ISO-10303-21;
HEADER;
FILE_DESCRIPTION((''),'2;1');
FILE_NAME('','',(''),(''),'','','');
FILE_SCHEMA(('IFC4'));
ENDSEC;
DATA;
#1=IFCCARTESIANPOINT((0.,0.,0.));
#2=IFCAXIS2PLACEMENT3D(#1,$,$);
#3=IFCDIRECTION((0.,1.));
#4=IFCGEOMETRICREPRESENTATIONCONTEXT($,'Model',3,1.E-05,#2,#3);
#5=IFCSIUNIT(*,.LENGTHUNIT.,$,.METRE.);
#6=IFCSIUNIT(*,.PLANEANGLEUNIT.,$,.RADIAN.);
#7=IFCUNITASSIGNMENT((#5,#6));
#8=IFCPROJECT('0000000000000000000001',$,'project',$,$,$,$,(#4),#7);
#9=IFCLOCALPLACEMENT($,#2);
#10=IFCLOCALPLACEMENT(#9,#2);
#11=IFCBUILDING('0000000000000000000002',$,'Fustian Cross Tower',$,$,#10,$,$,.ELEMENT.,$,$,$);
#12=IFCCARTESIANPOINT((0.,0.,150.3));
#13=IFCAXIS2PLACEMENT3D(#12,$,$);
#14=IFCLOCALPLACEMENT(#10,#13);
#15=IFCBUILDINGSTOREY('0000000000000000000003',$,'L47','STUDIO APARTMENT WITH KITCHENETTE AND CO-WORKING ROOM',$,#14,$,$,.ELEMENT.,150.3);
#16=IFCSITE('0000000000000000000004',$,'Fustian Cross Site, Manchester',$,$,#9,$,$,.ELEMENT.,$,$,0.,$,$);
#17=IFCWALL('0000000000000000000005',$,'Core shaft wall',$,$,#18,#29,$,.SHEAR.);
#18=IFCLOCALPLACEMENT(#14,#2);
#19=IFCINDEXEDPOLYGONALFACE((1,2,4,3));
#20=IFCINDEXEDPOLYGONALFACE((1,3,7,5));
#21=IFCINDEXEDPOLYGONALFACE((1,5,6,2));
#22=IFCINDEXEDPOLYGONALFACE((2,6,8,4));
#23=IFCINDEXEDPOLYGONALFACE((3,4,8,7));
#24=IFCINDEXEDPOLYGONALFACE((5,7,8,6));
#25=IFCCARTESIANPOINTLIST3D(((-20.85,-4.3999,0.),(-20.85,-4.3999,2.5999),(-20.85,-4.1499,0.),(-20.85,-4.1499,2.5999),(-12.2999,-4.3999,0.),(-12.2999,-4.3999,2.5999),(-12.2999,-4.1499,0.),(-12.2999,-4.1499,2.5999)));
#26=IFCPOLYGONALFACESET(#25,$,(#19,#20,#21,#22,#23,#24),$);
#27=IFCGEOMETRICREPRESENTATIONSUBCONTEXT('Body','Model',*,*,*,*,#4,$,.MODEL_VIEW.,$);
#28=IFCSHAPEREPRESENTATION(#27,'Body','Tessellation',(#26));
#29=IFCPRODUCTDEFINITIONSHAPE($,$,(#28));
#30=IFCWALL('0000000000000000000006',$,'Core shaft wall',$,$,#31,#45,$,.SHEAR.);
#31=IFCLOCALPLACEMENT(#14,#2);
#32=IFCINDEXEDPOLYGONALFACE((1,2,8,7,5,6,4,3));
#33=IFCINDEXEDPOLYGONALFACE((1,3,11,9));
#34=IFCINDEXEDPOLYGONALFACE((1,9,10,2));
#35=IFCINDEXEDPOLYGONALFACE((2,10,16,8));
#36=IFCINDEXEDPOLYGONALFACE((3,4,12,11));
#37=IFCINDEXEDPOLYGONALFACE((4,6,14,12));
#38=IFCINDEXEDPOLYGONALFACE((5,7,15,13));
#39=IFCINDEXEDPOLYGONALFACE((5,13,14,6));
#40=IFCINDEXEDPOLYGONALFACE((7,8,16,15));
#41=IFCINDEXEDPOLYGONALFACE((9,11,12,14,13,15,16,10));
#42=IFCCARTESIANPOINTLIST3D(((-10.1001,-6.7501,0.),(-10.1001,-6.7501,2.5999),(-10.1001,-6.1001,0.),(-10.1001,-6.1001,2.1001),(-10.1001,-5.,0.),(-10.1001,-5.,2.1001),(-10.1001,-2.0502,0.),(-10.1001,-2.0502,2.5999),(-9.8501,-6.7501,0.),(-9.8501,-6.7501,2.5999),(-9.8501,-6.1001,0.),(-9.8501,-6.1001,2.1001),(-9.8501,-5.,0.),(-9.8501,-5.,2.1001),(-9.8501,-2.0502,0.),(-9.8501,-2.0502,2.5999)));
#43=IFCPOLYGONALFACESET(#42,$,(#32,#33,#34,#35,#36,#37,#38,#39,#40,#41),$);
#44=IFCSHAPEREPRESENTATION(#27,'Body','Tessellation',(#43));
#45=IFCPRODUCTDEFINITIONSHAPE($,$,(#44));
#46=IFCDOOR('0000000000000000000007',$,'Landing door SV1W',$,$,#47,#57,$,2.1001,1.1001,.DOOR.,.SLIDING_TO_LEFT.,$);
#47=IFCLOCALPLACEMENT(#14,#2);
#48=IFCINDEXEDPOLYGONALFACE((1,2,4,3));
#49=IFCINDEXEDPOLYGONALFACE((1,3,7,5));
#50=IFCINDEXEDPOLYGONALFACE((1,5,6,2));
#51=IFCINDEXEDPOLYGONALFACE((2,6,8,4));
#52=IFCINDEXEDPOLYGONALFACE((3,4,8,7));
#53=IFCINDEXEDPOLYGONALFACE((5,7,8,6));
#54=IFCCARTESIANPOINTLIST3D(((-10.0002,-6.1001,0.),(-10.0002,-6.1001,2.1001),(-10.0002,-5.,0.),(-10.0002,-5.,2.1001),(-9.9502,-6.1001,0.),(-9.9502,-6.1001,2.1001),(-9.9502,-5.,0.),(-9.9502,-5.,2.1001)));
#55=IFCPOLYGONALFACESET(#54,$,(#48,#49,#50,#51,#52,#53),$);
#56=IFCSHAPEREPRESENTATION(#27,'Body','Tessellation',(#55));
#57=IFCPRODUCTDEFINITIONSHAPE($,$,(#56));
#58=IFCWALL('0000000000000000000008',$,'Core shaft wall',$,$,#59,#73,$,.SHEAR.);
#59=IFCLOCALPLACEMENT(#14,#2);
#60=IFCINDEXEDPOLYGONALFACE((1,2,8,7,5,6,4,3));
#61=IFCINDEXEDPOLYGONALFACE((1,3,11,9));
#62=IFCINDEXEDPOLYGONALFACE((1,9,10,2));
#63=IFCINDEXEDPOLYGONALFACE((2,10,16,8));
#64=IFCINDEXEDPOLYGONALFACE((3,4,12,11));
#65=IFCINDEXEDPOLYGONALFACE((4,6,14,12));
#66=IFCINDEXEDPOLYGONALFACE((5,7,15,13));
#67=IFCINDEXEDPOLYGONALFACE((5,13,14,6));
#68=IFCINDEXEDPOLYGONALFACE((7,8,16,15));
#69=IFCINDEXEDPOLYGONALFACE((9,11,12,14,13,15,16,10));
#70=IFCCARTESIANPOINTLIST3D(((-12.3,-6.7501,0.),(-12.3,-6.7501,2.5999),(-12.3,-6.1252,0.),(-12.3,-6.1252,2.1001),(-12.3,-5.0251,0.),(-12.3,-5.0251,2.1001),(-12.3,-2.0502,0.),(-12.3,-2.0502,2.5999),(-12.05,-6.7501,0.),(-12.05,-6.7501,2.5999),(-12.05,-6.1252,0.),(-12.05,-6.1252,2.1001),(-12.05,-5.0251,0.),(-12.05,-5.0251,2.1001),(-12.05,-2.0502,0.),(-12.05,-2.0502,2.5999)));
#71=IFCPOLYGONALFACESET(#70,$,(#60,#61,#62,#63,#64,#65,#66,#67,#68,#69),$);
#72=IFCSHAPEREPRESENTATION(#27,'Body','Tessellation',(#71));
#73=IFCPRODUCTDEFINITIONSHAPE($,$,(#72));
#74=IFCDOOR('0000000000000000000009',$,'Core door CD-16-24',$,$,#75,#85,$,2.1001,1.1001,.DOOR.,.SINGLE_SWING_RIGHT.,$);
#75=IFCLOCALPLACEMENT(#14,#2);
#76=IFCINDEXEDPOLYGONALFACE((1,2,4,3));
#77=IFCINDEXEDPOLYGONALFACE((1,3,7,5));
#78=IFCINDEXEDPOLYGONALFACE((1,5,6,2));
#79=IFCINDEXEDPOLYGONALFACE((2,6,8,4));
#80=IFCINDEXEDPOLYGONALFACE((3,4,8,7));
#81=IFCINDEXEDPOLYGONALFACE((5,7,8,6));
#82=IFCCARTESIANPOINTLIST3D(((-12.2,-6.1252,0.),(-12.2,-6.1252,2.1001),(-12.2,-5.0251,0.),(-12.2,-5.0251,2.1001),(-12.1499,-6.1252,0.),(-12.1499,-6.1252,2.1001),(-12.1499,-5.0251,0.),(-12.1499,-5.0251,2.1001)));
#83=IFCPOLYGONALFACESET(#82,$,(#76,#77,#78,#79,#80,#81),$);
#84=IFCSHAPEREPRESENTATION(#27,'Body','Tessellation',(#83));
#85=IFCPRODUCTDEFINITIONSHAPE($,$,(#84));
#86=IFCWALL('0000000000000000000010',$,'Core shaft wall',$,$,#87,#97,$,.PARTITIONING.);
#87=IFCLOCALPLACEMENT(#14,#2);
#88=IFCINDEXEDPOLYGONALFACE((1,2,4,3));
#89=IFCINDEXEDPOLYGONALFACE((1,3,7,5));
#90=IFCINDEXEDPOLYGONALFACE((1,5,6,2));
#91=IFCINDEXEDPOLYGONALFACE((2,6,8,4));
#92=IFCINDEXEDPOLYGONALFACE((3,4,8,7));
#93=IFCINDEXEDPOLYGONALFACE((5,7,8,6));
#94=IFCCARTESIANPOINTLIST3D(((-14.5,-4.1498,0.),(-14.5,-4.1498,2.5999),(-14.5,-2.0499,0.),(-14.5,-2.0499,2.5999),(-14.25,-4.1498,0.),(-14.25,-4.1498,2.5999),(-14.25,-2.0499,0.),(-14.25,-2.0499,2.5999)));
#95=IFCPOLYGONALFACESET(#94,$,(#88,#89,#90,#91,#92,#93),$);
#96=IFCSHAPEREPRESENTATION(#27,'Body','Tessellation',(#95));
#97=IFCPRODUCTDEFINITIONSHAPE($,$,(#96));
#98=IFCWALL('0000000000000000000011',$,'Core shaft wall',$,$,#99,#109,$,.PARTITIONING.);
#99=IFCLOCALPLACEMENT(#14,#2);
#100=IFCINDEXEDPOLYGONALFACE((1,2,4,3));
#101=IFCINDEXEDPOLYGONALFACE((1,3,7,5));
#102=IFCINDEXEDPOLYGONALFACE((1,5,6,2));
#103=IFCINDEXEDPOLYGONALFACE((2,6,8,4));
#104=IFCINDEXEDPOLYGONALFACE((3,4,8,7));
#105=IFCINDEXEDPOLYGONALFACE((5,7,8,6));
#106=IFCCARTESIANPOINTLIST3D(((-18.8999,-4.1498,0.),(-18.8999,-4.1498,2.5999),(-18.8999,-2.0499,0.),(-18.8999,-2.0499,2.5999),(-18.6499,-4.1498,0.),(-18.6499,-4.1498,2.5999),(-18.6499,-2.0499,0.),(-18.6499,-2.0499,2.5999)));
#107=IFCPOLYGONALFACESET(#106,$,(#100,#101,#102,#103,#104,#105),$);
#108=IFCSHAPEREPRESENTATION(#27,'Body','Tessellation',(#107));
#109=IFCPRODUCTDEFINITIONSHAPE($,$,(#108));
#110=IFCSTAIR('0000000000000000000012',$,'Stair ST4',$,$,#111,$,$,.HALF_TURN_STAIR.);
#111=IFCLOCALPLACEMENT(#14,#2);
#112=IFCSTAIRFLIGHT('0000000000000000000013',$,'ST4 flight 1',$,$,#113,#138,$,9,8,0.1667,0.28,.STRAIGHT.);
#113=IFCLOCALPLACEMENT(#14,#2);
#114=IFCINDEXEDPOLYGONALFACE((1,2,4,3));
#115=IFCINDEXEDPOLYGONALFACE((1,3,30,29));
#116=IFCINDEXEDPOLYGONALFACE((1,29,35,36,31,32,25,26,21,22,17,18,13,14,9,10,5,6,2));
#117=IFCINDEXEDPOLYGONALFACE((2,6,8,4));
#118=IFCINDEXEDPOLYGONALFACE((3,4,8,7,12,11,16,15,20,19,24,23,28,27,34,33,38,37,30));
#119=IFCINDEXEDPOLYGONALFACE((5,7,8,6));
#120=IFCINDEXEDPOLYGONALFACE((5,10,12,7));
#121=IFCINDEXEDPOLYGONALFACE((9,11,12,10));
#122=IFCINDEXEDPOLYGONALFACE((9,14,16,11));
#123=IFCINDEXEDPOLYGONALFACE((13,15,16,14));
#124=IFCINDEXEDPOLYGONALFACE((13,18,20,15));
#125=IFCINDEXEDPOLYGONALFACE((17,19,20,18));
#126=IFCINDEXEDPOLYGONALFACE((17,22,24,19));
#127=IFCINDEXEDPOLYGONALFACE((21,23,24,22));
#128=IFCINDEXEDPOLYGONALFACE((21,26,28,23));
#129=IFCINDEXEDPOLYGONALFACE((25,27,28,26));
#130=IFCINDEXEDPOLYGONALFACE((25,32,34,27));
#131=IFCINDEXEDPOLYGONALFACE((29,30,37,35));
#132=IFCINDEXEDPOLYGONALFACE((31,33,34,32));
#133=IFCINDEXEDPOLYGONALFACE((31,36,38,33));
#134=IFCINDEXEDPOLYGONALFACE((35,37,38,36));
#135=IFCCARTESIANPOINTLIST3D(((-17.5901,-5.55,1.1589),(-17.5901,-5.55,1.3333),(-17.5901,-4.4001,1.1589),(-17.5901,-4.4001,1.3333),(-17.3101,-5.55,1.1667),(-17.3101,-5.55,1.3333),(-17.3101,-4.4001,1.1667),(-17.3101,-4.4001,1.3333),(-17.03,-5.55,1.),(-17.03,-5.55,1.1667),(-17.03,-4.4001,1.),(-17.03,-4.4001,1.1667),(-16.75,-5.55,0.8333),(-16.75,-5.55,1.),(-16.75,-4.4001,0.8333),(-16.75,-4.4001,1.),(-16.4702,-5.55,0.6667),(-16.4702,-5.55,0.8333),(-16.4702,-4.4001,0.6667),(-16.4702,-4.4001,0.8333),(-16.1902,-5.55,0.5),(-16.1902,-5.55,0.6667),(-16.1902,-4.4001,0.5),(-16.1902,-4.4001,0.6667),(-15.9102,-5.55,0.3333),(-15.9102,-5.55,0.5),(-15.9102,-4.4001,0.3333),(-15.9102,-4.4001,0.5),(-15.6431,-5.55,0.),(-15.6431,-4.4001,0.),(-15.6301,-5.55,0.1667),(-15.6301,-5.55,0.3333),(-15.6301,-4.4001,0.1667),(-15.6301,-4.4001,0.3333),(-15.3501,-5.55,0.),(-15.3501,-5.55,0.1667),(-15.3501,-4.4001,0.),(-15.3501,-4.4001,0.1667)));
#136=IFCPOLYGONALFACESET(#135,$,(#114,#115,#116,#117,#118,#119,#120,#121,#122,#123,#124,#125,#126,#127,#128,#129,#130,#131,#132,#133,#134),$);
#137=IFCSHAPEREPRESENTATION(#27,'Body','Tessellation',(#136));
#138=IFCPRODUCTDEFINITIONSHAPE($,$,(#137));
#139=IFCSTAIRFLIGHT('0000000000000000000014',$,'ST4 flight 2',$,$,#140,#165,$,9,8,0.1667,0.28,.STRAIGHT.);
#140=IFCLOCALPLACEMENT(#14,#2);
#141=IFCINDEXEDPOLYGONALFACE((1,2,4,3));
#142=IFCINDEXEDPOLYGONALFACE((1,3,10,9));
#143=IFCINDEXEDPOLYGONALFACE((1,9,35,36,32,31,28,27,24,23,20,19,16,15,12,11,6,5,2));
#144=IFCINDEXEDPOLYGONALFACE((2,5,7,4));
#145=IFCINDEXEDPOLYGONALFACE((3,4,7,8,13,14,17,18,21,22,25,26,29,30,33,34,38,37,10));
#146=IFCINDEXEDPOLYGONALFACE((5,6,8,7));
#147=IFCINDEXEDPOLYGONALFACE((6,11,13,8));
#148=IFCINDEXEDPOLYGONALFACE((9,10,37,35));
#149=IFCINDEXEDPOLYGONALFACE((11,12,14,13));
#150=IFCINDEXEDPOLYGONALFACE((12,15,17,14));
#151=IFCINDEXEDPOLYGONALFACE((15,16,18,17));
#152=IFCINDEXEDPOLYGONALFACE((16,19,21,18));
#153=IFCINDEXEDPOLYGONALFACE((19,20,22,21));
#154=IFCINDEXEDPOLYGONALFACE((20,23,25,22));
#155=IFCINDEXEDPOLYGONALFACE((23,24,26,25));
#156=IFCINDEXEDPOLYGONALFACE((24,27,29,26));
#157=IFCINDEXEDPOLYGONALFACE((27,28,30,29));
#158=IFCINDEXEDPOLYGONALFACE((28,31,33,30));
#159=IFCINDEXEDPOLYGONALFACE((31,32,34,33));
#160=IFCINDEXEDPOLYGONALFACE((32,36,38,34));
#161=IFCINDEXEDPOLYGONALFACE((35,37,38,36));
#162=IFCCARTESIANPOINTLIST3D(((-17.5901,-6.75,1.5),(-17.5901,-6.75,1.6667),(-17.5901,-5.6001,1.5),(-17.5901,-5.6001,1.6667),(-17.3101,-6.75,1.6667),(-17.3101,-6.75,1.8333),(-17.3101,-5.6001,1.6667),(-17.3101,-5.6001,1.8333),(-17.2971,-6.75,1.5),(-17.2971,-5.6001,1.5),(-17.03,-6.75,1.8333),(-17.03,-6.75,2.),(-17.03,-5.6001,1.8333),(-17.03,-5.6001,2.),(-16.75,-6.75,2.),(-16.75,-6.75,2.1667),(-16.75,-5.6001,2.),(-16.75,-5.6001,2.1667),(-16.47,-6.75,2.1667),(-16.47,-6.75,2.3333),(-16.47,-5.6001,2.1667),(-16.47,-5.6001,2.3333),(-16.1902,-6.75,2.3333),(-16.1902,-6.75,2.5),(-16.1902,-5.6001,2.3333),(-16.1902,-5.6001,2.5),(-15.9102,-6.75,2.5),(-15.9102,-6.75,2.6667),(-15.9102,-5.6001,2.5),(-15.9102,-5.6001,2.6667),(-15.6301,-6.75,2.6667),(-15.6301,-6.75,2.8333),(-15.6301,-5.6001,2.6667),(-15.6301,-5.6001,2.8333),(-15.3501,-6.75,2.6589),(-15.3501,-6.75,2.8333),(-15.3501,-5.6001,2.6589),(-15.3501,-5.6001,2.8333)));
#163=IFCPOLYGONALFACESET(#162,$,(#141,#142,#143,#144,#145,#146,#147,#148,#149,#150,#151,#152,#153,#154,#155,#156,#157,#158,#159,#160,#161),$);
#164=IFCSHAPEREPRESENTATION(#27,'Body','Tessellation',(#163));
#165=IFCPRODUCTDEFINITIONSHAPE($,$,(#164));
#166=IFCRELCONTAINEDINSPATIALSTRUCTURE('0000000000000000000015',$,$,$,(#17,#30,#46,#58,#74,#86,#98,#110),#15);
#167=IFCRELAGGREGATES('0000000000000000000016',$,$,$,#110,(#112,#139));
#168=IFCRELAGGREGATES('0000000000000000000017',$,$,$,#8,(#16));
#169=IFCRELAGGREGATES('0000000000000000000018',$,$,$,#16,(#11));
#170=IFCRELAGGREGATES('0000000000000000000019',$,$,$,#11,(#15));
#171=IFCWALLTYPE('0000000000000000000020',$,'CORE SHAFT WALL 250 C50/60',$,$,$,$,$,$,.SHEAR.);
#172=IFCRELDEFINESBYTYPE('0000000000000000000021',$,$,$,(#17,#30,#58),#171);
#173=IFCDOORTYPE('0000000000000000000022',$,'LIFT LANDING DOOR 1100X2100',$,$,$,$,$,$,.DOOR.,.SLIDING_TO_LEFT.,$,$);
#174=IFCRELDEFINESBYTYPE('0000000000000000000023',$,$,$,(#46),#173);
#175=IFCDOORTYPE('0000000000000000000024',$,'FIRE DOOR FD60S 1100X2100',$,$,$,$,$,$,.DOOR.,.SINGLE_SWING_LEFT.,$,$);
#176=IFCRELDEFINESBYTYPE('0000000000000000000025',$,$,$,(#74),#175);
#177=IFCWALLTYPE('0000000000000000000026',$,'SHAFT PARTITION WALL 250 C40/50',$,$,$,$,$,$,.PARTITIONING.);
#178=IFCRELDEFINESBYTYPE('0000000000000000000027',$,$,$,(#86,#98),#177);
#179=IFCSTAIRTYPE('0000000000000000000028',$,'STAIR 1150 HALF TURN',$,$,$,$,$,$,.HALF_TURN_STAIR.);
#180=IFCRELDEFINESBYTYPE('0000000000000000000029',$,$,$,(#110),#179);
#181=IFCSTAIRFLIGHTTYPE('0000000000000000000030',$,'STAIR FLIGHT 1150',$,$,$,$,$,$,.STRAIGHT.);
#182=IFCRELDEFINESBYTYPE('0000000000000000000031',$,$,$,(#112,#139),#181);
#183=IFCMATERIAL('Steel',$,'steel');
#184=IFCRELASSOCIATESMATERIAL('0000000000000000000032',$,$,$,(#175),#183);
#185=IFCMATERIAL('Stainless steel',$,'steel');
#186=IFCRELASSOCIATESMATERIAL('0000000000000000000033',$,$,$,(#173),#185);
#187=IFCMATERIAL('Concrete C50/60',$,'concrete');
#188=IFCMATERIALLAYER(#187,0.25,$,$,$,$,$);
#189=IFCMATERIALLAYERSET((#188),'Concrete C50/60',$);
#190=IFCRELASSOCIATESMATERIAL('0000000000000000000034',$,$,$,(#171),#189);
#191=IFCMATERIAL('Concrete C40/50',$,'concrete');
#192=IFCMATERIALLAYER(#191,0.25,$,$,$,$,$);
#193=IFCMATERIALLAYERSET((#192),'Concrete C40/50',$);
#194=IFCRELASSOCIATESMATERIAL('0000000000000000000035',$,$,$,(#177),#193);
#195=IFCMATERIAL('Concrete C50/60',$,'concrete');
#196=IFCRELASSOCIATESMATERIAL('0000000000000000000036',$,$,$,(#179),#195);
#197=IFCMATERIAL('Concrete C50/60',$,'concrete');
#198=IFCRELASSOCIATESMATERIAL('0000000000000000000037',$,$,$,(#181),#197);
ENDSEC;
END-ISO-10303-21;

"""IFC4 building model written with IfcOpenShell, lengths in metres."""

from ifc_helpers import new_model, si_unit, direction, frame, frame_2d, origin, place, context, subcontext, project, spatial, polyline, rectangle, outline, extrude, material, layer, layer_set, type_object, element, fill, aggregate, save


model = new_model("IFC4")

# Units and contexts
model_context = context("Model", 3, precision=1e-05, world=origin(), true_north=direction((0.0, 1.0)))
body_context = subcontext(model_context, "Body", "Model", "MODEL_VIEW")
ifc_project = project(units=[si_unit("LENGTHUNIT", "METRE"), si_unit("PLANEANGLEUNIT", "RADIAN")], contexts=[model_context])

# Site, building, storey
site_placement = place(None, origin())
site = spatial("IfcSite", under=ifc_project, at=site_placement, Name="Fustian Cross Site, Manchester", CompositionType="ELEMENT", RefElevation=0.0)
building_placement = place(site_placement, origin())
building = spatial("IfcBuilding", under=site, at=building_placement, Name="Fustian Cross Tower", CompositionType="ELEMENT")
storey_placement = place(building_placement, frame((0.0, 0.0, 150.3)))
storey = spatial("IfcBuildingStorey", under=building, at=storey_placement, Name="L47", Description="STUDIO APARTMENT WITH KITCHENETTE AND CO-WORKING ROOM", CompositionType="ELEMENT", Elevation=150.3)

# Shared definitions
ifc_material_1 = material(Name="Steel", Category="steel")
door_type_1 = type_object("IfcDoorType", Name="FIRE DOOR FD60S 1100X2100", OperationType="SINGLE_SWING_LEFT", PredefinedType="DOOR", material=ifc_material_1)
ifc_material_2 = material(Name="Stainless steel", Category="steel")
door_type_2 = type_object("IfcDoorType", Name="LIFT LANDING DOOR 1100X2100", OperationType="SLIDING_TO_LEFT", PredefinedType="DOOR", material=ifc_material_2)

# Wall
ifc_material_3 = material(Name="Concrete C50/60", Category="concrete")
ifc_layer_1 = layer(ifc_material_3, 0.25)
ifc_layer_set_1 = layer_set([ifc_layer_1], Name="Concrete C50/60")
wall_type_1 = type_object("IfcWallType", Name="CORE SHAFT WALL 250 C50/60", PredefinedType="SHEAR", material=ifc_layer_set_1)
wall_1_placement = place(storey_placement, frame((-12.3, -4.2749, 0.0), z_axis=(0.0, 0.0, 1.0), x_axis=(-1.0, 0.0, 0.0)))
element("IfcWall", 1, at=wall_1_placement, inside=storey, type_object=wall_type_1, Name="Core shaft wall", PredefinedType="SHEAR", context=body_context, shape_type="SweptSolid", body=[
    extrude(rectangle(XDim=8.55, YDim=0.25, at=frame_2d((4.2749, 0.0))), origin(), (0.0, 0.0, 1.0), 2.5999),
])

# Walls, openings, doors
wall_2_placement = place(storey_placement, frame((-9.9751, -2.05, 0.0), z_axis=(0.0, 0.0, 1.0), x_axis=(0.0, -1.0, 0.0)))
wall_2 = element("IfcWall", 2, at=wall_2_placement, inside=storey, type_object=wall_type_1, Name="Core shaft wall", PredefinedType="SHEAR", context=body_context, shape_type="SweptSolid", body=[
    extrude(rectangle(XDim=4.7, YDim=0.25, at=frame_2d((2.3501, 0.0))), origin(), (0.0, 0.0, 1.0), 2.5999),
])
opening_1_placement = place(wall_2_placement, frame((2.95, 0.0, 0.0)))
opening_1 = element("IfcOpeningElement", 3, at=opening_1_placement, cuts=wall_2, PredefinedType="OPENING", context=body_context, shape_type="SweptSolid", body=[
    extrude(rectangle(XDim=1.1001, YDim=2.1001, at=frame_2d((0.55, 1.05))), frame((0.0, 0.135, 0.0), z_axis=(0.0, -1.0, 0.0), x_axis=(1.0, 0.0, 0.0)), (0.0, 0.0, 1.0), 0.27),
])
door_1_placement = place(opening_1_placement, origin())
door_1 = element("IfcDoor", 4, at=door_1_placement, inside=storey, type_object=door_type_2, Name="Landing door SV1W", OperationType="SLIDING_TO_LEFT", OverallHeight=2.1001, OverallWidth=1.1001, PredefinedType="DOOR", context=body_context, shape_type="SweptSolid", body=[
    extrude(rectangle(XDim=1.1001, YDim=2.1001, at=frame_2d((0.55, 1.05))), frame((0.0, 0.0249, 0.0), z_axis=(0.0, -1.0, 0.0), x_axis=(1.0, 0.0, 0.0)), (0.0, 0.0, 1.0), 0.05),
])
fill(opening_1, door_1)
wall_3_placement = place(storey_placement, frame((-12.175, -2.05, 0.0), z_axis=(0.0, 0.0, 1.0), x_axis=(0.0, -1.0, 0.0)))
wall_3 = element("IfcWall", 5, at=wall_3_placement, inside=storey, type_object=wall_type_1, Name="Core shaft wall", PredefinedType="SHEAR", context=body_context, shape_type="SweptSolid", body=[
    extrude(rectangle(XDim=4.7, YDim=0.25, at=frame_2d((2.3501, 0.0))), origin(), (0.0, 0.0, 1.0), 2.5999),
])
opening_2_placement = place(wall_3_placement, frame((2.9751, 0.0, 0.0)))
opening_2 = element("IfcOpeningElement", 6, at=opening_2_placement, cuts=wall_3, PredefinedType="OPENING", context=body_context, shape_type="SweptSolid", body=[
    extrude(rectangle(XDim=1.1001, YDim=2.1001, at=frame_2d((0.55, 1.05))), frame((0.0, 0.135, 0.0), z_axis=(0.0, -1.0, 0.0), x_axis=(1.0, 0.0, 0.0)), (0.0, 0.0, 1.0), 0.27),
])
door_2_placement = place(opening_2_placement, frame((1.1001, 0.0, 0.0), z_axis=(0.0, 0.0, 1.0), x_axis=(-1.0, 0.0, 0.0)))
door_2 = element("IfcDoor", 7, at=door_2_placement, inside=storey, type_object=door_type_1, Name="Core door CD-16-24", OperationType="SINGLE_SWING_RIGHT", OverallHeight=2.1001, OverallWidth=1.1001, PredefinedType="DOOR", context=body_context, shape_type="SweptSolid", body=[
    extrude(rectangle(XDim=1.1001, YDim=2.1001, at=frame_2d((0.55, 1.05))), frame((0.0, 0.0249, 0.0), z_axis=(0.0, -1.0, 0.0), x_axis=(1.0, 0.0, 0.0)), (0.0, 0.0, 1.0), 0.05),
])
fill(opening_2, door_2)

# Walls
ifc_material_4 = material(Name="Concrete C40/50", Category="concrete")
ifc_layer_2 = layer(ifc_material_4, 0.25)
ifc_layer_set_2 = layer_set([ifc_layer_2], Name="Concrete C40/50")
wall_type_2 = type_object("IfcWallType", Name="SHAFT PARTITION WALL 250 C40/50", PredefinedType="PARTITIONING", material=ifc_layer_set_2)
for number, where, z_axis, x_axis, name in (
    (8, (-14.375, -2.05, 0.0), (0.0, 0.0, 1.0), (0.0, -1.0, 0.0), "Core shaft wall"),
    (9, (-18.7749, -2.05, 0.0), (0.0, 0.0, 1.0), (0.0, -1.0, 0.0), "Core shaft wall"),
):
    element("IfcWall", number, at=place(storey_placement, frame(where, z_axis=z_axis, x_axis=x_axis)), inside=storey, type_object=wall_type_2, Name=name, PredefinedType="PARTITIONING", context=body_context, shape_type="SweptSolid", body=[
        extrude(rectangle(XDim=2.0999, YDim=0.25, at=frame_2d((1.0498, 0.0))), origin(), (0.0, 0.0, 1.0), 2.5999),
    ])

# Stair, stair flights
ifc_material_5 = material(Name="Concrete C50/60", Category="concrete")
stair_type = type_object("IfcStairType", Name="STAIR 1150 HALF TURN", PredefinedType="HALF_TURN_STAIR", material=ifc_material_5)
stair_placement = place(storey_placement, origin())
stair = element("IfcStair", 10, at=stair_placement, inside=storey, type_object=stair_type, Name="Stair ST4", PredefinedType="HALF_TURN_STAIR")
ifc_material_6 = material(Name="Concrete C50/60", Category="concrete")
stair_flight_type = type_object("IfcStairFlightType", Name="STAIR FLIGHT 1150", PredefinedType="STRAIGHT", material=ifc_material_6)
stair_flight_1_placement = place(storey_placement, frame((-15.3501, -4.9751, 0.0), z_axis=(0.0, 0.0, 1.0), x_axis=(-1.0, 0.0, 0.0)))
stair_flight_1 = element("IfcStairFlight", 11, at=stair_flight_1_placement, type_object=stair_flight_type, Name="ST4 flight 1", NumberOfRisers=9, NumberOfTreads=8, PredefinedType="STRAIGHT", RiserHeight=0.1667, TreadLength=0.28, context=body_context, shape_type="SweptSolid", body=[
    extrude(outline(polyline([(0.0, 0.0), (0.0, 0.1667), (0.28, 0.1667), (0.28, 0.3333), (0.5601, 0.3333), (0.5601, 0.5), (0.8401, 0.5), (0.8401, 0.6667), (1.1201, 0.6667), (1.1201, 0.8333), (1.3999, 0.8333), (1.3999, 1.0), (1.6799, 1.0), (1.6799, 1.1667), (1.96, 1.1667), (1.96, 1.3333), (2.24, 1.3333), (2.24, 1.5), (2.24, 1.1589), (0.293, 0.0), (0.0, 0.0)])), frame((0.0, 0.575, 0.0), z_axis=(0.0, -1.0, 0.0), x_axis=(1.0, 0.0, 0.0)), (0.0, 0.0, 1.0), 1.1499),
])
stair_flight_2_placement = place(storey_placement, frame((-17.5901, -6.175, 1.5), z_axis=(0.0, 0.0, 1.0), x_axis=(1.0, 0.0, 0.0)))
stair_flight_2 = element("IfcStairFlight", 12, at=stair_flight_2_placement, type_object=stair_flight_type, Name="ST4 flight 2", NumberOfRisers=9, NumberOfTreads=8, PredefinedType="STRAIGHT", RiserHeight=0.1667, TreadLength=0.28, context=body_context, shape_type="SweptSolid", body=[
    extrude(outline(polyline([(0.0, 0.0), (0.0, 0.1667), (0.28, 0.1667), (0.28, 0.3333), (0.5601, 0.3333), (0.5601, 0.5), (0.8401, 0.5), (0.8401, 0.6667), (1.1201, 0.6667), (1.1201, 0.8333), (1.3999, 0.8333), (1.3999, 1.0), (1.6799, 1.0), (1.6799, 1.1667), (1.96, 1.1667), (1.96, 1.3333), (2.24, 1.3333), (2.24, 1.5), (2.24, 1.1589), (0.293, 0.0), (0.0, 0.0)])), frame((0.0, 0.575, 0.0), z_axis=(0.0, -1.0, 0.0), x_axis=(1.0, 0.0, 0.0)), (0.0, 0.0, 1.0), 1.1499),
])
aggregate(stair, [stair_flight_1, stair_flight_2])

save(model, "model.ifc")
